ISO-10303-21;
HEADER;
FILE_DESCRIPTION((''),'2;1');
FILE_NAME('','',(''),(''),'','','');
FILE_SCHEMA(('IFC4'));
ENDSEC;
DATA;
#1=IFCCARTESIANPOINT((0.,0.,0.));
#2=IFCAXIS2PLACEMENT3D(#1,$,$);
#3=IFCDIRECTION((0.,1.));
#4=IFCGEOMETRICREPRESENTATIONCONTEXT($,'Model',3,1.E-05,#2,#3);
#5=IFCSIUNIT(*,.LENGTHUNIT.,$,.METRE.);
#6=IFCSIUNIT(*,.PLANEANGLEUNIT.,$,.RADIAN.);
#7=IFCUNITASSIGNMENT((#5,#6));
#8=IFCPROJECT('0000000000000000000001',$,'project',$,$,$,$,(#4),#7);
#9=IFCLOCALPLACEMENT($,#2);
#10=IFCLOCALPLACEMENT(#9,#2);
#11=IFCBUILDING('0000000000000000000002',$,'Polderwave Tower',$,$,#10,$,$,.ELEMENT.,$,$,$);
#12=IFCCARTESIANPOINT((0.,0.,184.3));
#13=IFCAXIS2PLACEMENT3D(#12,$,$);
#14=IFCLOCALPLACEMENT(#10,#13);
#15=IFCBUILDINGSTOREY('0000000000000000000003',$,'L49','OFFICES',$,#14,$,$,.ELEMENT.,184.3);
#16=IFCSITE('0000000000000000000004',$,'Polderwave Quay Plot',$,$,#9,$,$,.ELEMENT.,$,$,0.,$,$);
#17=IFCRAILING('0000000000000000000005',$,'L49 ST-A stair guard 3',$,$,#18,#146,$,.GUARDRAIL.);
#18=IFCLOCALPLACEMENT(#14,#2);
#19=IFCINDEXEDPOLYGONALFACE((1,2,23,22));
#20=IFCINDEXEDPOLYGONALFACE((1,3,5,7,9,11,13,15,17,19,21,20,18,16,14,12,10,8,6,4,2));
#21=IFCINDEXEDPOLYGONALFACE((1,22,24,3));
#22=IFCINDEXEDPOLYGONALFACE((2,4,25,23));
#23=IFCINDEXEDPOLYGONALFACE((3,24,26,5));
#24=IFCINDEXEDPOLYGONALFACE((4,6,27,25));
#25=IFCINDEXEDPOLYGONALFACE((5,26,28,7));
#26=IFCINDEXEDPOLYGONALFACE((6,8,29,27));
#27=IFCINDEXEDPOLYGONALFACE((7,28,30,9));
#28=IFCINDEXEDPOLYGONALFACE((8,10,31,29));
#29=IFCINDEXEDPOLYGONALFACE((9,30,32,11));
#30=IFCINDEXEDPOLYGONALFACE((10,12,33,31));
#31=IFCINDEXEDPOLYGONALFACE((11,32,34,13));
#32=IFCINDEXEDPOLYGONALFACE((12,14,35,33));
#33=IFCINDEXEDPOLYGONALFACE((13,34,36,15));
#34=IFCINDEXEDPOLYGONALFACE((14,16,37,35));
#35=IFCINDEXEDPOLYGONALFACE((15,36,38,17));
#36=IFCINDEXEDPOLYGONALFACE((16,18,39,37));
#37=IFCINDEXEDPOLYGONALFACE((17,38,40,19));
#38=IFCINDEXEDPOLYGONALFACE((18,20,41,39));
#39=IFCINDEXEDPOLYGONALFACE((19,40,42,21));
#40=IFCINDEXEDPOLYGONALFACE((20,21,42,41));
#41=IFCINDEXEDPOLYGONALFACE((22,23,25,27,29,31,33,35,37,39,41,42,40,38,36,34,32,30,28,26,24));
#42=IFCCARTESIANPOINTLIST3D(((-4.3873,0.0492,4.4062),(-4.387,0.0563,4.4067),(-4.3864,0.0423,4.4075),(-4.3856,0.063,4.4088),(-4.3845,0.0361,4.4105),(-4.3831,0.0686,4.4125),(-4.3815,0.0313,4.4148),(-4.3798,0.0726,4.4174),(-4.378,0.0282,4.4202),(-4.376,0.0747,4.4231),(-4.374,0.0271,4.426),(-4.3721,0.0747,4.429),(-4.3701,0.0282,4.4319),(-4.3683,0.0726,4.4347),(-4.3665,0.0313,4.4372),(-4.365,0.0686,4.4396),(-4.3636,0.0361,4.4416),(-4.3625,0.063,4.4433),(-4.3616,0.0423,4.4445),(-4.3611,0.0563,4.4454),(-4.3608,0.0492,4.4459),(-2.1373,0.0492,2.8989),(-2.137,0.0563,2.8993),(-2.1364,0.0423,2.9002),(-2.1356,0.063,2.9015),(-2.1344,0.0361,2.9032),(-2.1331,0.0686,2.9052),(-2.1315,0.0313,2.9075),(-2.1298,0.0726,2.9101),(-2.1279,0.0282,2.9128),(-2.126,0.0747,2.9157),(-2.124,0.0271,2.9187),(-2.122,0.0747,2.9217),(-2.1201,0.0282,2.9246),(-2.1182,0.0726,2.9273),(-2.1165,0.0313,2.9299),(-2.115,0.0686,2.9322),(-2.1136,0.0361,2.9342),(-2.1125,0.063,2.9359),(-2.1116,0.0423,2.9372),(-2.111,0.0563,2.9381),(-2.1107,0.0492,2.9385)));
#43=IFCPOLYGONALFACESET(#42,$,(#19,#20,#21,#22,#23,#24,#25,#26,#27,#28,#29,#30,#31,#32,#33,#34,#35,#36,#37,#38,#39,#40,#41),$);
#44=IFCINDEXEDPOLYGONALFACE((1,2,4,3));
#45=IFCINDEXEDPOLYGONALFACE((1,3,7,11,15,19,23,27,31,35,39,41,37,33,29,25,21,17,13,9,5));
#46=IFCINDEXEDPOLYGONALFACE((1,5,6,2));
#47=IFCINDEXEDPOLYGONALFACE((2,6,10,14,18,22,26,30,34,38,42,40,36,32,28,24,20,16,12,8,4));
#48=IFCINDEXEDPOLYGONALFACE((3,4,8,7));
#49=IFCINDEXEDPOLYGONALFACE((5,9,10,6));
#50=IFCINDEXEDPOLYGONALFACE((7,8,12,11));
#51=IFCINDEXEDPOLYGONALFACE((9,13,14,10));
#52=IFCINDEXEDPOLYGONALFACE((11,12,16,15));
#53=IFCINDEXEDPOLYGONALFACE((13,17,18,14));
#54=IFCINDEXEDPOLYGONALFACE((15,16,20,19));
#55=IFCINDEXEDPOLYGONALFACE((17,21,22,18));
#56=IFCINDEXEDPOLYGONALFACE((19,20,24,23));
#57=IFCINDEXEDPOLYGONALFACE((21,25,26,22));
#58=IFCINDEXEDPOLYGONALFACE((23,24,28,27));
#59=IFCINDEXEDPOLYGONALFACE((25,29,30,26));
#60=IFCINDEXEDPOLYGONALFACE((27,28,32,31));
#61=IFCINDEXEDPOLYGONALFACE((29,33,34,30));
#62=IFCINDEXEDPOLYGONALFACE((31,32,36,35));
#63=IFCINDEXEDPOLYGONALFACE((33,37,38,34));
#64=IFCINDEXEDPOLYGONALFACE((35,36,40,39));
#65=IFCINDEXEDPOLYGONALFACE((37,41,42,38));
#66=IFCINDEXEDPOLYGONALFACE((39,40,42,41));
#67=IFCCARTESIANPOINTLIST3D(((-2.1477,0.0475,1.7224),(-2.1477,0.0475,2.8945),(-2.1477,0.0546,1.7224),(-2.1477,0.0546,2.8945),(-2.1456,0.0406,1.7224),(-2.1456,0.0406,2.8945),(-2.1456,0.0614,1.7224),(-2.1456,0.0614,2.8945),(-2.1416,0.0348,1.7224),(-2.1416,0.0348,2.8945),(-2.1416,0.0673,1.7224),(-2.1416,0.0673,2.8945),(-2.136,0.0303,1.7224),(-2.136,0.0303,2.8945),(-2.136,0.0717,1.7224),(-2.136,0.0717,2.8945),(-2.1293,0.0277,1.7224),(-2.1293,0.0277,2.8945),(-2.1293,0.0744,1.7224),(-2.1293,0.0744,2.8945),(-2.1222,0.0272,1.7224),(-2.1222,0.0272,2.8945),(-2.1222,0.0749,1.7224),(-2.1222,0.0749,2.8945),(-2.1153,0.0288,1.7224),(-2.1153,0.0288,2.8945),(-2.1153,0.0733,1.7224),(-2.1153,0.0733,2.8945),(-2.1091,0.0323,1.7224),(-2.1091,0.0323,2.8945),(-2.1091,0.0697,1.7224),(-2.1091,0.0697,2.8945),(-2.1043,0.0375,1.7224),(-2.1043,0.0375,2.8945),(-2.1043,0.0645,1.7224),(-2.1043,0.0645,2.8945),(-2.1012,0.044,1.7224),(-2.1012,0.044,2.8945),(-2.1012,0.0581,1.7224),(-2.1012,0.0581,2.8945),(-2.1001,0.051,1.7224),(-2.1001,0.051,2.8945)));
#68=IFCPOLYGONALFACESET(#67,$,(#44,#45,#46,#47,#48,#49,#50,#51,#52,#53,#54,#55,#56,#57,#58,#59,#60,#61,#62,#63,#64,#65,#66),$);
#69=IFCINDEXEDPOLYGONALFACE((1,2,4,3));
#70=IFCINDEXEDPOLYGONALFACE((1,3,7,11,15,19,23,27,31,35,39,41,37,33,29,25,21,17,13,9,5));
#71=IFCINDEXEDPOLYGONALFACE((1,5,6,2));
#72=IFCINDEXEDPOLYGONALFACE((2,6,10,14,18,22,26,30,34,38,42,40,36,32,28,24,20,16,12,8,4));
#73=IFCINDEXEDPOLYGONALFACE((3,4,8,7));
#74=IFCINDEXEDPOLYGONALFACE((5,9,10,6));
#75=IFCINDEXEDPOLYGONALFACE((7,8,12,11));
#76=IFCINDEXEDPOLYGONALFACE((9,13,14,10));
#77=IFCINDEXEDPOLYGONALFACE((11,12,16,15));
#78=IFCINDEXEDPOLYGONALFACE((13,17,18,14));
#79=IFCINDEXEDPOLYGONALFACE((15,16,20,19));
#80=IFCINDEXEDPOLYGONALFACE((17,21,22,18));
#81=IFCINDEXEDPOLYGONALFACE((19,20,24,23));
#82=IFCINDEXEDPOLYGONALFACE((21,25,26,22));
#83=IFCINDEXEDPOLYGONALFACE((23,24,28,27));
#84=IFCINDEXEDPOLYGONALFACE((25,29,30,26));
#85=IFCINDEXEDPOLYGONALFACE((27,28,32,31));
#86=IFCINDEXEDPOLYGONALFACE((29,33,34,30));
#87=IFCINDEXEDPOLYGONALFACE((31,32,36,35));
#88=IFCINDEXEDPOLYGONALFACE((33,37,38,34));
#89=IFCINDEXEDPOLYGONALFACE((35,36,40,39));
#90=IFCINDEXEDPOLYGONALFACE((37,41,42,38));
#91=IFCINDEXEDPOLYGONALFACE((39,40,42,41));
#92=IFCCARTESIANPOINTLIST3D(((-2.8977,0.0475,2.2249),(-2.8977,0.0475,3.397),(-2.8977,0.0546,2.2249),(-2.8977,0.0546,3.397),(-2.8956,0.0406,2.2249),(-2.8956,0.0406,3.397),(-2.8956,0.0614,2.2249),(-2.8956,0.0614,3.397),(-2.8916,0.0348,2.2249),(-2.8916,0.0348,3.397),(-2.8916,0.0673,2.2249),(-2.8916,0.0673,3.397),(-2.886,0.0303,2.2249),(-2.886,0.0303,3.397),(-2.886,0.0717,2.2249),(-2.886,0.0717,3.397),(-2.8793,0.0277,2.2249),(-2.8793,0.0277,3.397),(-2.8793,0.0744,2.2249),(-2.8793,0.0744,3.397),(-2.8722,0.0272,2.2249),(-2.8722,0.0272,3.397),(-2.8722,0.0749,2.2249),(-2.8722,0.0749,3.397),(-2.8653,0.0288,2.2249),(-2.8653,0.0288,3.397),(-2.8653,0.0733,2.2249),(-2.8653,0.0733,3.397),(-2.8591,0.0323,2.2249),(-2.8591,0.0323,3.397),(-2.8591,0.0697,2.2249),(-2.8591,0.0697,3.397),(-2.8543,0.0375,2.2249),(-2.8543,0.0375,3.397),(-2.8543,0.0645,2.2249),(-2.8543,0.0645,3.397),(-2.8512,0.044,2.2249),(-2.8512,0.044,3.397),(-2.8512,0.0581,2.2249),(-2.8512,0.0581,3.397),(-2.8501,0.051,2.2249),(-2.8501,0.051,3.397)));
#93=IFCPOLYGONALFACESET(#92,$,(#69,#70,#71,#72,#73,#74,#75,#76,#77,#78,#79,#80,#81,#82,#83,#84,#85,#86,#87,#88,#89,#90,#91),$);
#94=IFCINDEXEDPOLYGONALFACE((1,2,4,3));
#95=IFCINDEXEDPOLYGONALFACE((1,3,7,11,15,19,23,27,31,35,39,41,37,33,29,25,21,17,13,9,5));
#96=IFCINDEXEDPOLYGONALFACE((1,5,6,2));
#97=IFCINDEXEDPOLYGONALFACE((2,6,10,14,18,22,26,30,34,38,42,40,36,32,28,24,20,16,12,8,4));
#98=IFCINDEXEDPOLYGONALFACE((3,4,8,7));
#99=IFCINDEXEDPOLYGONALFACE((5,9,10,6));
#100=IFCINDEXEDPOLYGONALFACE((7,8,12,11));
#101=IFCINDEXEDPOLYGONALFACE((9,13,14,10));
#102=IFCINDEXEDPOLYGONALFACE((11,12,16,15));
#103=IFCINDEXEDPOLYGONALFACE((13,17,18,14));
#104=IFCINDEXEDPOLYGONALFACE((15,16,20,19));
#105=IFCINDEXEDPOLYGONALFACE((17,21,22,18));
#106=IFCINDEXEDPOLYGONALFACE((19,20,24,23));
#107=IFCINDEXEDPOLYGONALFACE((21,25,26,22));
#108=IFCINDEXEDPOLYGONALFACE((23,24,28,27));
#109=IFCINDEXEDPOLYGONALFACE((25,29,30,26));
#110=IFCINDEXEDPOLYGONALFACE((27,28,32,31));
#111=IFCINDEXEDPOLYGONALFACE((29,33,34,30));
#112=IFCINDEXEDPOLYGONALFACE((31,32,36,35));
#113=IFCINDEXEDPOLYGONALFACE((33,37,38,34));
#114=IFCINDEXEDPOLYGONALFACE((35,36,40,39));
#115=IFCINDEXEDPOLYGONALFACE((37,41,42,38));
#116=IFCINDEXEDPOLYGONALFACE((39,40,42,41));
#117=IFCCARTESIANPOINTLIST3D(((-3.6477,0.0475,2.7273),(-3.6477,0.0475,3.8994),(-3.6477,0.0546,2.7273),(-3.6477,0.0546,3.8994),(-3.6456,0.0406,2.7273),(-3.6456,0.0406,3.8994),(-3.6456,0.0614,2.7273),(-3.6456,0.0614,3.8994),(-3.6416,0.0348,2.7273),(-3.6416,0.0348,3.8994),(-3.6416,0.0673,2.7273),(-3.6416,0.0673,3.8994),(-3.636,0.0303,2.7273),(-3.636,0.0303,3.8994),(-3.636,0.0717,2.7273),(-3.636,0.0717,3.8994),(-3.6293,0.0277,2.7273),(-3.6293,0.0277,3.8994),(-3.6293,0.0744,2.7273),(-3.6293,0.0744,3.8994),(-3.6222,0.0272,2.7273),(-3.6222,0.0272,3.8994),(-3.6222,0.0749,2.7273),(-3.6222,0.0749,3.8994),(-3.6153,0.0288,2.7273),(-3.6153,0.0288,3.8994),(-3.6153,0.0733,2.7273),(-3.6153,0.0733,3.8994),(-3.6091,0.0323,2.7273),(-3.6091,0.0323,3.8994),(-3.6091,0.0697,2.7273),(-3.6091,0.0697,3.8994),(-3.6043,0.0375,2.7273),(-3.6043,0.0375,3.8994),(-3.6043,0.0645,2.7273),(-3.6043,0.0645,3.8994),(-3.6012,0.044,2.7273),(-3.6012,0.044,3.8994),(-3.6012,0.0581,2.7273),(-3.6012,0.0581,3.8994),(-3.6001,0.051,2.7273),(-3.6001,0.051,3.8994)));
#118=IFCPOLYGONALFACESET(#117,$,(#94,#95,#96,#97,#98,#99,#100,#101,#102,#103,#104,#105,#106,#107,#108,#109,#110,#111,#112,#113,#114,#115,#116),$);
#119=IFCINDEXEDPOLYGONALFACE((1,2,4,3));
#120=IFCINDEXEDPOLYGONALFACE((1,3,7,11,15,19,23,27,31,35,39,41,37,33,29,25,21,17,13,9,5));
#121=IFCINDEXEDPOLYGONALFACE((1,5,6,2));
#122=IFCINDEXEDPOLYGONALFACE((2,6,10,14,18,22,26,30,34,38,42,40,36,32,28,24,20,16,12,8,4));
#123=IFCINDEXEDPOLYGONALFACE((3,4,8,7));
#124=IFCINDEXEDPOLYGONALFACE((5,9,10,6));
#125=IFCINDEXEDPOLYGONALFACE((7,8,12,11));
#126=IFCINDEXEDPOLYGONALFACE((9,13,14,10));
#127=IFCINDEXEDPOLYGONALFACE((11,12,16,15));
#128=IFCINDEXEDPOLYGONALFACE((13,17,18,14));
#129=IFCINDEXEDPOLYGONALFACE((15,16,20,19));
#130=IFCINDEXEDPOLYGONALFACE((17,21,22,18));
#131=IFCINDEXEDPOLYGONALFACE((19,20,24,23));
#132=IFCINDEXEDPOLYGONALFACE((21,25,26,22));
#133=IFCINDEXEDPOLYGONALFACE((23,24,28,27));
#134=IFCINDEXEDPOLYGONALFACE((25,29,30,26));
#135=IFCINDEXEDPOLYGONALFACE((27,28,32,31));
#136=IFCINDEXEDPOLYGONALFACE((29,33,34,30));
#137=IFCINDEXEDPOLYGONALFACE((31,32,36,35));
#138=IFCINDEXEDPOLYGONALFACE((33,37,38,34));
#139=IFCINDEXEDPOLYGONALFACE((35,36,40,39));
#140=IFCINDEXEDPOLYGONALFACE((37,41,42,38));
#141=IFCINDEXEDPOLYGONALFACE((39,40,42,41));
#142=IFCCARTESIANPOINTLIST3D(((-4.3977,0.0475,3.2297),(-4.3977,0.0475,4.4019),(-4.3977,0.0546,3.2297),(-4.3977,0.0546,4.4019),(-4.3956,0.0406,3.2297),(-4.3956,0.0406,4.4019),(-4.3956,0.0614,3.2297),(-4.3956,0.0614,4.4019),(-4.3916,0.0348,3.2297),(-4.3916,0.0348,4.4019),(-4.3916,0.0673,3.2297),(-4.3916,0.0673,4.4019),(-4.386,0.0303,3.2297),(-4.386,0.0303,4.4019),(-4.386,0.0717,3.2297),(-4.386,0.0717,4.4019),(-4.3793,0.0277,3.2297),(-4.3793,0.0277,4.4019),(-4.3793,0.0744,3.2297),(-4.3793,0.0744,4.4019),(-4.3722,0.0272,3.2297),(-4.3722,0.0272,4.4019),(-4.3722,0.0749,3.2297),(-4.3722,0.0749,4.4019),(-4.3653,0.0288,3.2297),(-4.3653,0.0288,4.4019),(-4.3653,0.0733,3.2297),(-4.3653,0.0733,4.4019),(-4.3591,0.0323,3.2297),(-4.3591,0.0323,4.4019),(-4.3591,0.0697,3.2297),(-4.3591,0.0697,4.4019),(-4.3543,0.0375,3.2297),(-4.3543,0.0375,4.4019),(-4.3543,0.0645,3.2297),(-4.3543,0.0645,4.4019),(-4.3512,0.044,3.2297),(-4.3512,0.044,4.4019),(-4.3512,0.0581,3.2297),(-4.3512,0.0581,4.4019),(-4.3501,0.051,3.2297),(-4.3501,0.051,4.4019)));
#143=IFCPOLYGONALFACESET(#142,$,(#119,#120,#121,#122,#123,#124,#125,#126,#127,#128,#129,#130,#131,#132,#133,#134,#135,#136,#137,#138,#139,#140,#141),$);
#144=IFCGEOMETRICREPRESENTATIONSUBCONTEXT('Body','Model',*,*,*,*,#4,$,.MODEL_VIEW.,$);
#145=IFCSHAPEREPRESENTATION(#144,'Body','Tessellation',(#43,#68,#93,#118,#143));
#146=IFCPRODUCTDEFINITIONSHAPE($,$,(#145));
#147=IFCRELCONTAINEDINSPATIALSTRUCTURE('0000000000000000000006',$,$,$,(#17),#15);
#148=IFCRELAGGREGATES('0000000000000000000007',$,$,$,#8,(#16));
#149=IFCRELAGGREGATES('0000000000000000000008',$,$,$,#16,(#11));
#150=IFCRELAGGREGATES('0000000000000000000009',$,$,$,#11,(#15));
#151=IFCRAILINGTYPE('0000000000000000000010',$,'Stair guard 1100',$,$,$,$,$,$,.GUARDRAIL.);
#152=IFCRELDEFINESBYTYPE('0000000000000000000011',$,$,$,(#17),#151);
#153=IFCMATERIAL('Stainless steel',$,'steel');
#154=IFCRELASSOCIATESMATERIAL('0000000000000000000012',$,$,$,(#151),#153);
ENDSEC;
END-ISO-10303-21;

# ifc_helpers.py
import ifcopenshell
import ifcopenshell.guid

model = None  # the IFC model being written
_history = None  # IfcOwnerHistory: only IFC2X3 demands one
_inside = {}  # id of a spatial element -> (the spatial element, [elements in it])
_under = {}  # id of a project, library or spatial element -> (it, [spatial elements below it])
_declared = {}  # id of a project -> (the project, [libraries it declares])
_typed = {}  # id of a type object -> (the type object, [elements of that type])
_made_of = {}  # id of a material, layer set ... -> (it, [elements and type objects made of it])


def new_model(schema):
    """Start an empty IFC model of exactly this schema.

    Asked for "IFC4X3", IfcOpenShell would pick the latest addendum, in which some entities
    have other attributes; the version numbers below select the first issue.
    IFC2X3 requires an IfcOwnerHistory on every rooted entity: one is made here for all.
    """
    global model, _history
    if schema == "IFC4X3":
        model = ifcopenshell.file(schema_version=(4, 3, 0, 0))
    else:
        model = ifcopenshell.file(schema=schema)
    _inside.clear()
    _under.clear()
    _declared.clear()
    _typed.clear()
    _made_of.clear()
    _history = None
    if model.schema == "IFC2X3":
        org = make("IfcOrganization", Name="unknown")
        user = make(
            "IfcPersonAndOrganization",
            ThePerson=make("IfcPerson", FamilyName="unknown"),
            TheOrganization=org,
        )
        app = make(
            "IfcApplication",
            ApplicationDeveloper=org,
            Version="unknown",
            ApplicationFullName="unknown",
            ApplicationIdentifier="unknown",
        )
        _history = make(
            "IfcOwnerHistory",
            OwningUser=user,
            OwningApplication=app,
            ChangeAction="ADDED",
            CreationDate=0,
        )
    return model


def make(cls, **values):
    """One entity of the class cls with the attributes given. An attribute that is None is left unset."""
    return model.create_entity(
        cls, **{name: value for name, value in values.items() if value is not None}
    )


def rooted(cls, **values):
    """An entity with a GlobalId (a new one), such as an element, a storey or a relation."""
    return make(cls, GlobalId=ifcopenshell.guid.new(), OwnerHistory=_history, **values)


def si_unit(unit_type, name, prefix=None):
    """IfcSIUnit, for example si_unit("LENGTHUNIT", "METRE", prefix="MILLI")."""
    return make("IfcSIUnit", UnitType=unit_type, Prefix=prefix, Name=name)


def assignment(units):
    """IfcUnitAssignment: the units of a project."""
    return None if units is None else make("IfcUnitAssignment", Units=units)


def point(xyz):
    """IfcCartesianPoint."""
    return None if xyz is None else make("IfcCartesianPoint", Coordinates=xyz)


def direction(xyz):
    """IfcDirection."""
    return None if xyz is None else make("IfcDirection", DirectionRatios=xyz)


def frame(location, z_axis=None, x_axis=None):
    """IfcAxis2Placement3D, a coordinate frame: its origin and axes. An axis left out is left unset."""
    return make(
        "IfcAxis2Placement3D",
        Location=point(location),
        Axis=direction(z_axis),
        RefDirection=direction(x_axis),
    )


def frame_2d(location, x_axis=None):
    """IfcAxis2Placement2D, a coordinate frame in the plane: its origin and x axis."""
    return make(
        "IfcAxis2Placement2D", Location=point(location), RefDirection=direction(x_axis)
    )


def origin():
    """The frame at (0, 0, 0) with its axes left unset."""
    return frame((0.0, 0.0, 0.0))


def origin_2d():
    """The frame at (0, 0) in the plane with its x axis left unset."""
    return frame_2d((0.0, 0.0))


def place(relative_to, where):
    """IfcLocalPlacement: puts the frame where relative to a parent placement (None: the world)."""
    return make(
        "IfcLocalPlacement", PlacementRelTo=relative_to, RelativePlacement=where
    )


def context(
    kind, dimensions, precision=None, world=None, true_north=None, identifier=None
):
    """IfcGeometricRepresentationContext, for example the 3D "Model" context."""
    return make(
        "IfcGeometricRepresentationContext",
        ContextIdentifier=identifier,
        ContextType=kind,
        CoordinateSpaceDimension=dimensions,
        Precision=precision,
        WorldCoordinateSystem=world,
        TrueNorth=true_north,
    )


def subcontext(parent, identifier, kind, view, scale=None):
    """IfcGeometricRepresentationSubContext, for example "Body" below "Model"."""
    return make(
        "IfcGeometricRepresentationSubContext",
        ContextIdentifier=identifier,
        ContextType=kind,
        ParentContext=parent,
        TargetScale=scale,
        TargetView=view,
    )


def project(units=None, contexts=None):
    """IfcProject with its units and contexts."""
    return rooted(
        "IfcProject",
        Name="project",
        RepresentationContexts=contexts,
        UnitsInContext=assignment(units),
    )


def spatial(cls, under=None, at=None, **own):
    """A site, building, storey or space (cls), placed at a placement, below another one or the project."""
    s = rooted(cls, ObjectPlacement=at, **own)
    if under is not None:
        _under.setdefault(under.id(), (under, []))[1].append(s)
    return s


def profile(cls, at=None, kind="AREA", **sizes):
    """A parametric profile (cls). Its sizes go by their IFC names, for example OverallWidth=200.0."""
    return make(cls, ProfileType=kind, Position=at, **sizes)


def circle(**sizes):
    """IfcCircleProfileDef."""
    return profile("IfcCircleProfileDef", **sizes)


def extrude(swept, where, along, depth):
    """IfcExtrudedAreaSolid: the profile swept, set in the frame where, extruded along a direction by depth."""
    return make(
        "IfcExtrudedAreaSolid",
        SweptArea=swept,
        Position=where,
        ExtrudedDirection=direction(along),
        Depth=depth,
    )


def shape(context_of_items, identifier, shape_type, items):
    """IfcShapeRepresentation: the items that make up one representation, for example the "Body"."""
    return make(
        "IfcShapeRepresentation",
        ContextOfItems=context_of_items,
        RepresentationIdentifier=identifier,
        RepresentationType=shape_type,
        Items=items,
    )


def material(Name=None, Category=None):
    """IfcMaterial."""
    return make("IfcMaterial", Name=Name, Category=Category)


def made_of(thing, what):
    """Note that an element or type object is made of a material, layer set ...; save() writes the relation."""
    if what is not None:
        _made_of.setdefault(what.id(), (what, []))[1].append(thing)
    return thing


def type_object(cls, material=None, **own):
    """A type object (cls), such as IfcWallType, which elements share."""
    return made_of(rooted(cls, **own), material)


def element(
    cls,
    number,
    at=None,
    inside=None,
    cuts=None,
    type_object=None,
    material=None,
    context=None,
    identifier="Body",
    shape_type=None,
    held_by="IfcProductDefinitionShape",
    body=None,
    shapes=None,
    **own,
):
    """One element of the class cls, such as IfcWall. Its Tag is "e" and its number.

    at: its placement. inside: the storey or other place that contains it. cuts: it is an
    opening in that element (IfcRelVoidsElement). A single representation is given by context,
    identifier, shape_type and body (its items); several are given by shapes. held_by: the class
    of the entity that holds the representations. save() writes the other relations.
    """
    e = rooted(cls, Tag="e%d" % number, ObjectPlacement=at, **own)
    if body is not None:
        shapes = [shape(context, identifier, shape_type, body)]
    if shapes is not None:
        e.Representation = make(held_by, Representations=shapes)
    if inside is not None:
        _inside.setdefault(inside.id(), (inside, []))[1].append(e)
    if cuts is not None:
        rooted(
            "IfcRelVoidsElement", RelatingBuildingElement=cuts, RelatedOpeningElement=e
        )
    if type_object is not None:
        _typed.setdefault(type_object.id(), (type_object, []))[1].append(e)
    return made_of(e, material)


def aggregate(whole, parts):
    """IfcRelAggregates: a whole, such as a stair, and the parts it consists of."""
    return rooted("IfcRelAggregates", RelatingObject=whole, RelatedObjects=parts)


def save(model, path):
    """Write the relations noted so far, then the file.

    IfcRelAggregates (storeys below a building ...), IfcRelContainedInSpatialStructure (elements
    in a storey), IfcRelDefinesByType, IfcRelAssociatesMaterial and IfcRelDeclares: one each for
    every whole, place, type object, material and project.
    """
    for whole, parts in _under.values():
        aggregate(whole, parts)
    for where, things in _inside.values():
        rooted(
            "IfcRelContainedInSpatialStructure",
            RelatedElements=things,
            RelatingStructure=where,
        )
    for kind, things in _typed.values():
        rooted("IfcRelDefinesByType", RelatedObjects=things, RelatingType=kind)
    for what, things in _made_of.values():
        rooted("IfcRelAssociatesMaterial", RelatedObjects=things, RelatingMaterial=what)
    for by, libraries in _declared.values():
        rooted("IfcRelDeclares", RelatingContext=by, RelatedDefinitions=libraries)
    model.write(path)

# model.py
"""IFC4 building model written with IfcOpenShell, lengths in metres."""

from ifc_helpers import new_model, si_unit, direction, frame, origin, origin_2d, place, context, subcontext, project, spatial, circle, extrude, material, type_object, element, save


model = new_model("IFC4")

# Units and contexts
model_context = context("Model", 3, precision=1e-05, world=origin(), true_north=direction((0.0, 1.0)))
body_context = subcontext(model_context, "Body", "Model", "MODEL_VIEW")
ifc_project = project(units=[si_unit("LENGTHUNIT", "METRE"), si_unit("PLANEANGLEUNIT", "RADIAN")], contexts=[model_context])

# Site, building, storey
site_placement = place(None, origin())
site = spatial("IfcSite", under=ifc_project, at=site_placement, Name="Polderwave Quay Plot", CompositionType="ELEMENT", RefElevation=0.0)
building_placement = place(site_placement, origin())
building = spatial("IfcBuilding", under=site, at=building_placement, Name="Polderwave Tower", CompositionType="ELEMENT")
storey_placement = place(building_placement, frame((0.0, 0.0, 184.3)))
storey = spatial("IfcBuildingStorey", under=building, at=storey_placement, Name="L49", Description="OFFICES", CompositionType="ELEMENT", Elevation=184.3)

# Shared definitions
ifc_material_1 = material(Name="Stainless steel", Category="steel")

# Railing
railing_type_1 = type_object("IfcRailingType", Name="Stair guard 1100", PredefinedType="GUARDRAIL", material=ifc_material_1)
railing_1_placement = place(storey_placement, frame((-2.124, 0.051, 1.7224)))
element("IfcRailing", 1, at=railing_1_placement, inside=storey, type_object=railing_type_1, Name="L49 ST-A stair guard 3", PredefinedType="GUARDRAIL", context=body_context, shape_type="SweptSolid", body=[
    extrude(circle(Radius=0.0239, at=origin_2d()), frame((0.0, 0.0, 1.1963), z_axis=(-0.8308, 0.0, 0.556571), x_axis=(0.0, -1.0, 0.0)), (0.0, 0.0, 1.0), 2.7083),
    extrude(circle(Radius=0.0239, at=origin_2d()), origin(), (0.0, 0.0, 1.0), 1.1721),
    extrude(circle(Radius=0.0239, at=origin_2d()), frame((-0.75, 0.0, 0.5024)), (0.0, 0.0, 1.0), 1.1721),
    extrude(circle(Radius=0.0239, at=origin_2d()), frame((-1.5, 0.0, 1.0049)), (0.0, 0.0, 1.0), 1.1721),
    extrude(circle(Radius=0.0239, at=origin_2d()), frame((-2.25, 0.0, 1.5073)), (0.0, 0.0, 1.0), 1.1721),
])

save(model, "model.ifc")
